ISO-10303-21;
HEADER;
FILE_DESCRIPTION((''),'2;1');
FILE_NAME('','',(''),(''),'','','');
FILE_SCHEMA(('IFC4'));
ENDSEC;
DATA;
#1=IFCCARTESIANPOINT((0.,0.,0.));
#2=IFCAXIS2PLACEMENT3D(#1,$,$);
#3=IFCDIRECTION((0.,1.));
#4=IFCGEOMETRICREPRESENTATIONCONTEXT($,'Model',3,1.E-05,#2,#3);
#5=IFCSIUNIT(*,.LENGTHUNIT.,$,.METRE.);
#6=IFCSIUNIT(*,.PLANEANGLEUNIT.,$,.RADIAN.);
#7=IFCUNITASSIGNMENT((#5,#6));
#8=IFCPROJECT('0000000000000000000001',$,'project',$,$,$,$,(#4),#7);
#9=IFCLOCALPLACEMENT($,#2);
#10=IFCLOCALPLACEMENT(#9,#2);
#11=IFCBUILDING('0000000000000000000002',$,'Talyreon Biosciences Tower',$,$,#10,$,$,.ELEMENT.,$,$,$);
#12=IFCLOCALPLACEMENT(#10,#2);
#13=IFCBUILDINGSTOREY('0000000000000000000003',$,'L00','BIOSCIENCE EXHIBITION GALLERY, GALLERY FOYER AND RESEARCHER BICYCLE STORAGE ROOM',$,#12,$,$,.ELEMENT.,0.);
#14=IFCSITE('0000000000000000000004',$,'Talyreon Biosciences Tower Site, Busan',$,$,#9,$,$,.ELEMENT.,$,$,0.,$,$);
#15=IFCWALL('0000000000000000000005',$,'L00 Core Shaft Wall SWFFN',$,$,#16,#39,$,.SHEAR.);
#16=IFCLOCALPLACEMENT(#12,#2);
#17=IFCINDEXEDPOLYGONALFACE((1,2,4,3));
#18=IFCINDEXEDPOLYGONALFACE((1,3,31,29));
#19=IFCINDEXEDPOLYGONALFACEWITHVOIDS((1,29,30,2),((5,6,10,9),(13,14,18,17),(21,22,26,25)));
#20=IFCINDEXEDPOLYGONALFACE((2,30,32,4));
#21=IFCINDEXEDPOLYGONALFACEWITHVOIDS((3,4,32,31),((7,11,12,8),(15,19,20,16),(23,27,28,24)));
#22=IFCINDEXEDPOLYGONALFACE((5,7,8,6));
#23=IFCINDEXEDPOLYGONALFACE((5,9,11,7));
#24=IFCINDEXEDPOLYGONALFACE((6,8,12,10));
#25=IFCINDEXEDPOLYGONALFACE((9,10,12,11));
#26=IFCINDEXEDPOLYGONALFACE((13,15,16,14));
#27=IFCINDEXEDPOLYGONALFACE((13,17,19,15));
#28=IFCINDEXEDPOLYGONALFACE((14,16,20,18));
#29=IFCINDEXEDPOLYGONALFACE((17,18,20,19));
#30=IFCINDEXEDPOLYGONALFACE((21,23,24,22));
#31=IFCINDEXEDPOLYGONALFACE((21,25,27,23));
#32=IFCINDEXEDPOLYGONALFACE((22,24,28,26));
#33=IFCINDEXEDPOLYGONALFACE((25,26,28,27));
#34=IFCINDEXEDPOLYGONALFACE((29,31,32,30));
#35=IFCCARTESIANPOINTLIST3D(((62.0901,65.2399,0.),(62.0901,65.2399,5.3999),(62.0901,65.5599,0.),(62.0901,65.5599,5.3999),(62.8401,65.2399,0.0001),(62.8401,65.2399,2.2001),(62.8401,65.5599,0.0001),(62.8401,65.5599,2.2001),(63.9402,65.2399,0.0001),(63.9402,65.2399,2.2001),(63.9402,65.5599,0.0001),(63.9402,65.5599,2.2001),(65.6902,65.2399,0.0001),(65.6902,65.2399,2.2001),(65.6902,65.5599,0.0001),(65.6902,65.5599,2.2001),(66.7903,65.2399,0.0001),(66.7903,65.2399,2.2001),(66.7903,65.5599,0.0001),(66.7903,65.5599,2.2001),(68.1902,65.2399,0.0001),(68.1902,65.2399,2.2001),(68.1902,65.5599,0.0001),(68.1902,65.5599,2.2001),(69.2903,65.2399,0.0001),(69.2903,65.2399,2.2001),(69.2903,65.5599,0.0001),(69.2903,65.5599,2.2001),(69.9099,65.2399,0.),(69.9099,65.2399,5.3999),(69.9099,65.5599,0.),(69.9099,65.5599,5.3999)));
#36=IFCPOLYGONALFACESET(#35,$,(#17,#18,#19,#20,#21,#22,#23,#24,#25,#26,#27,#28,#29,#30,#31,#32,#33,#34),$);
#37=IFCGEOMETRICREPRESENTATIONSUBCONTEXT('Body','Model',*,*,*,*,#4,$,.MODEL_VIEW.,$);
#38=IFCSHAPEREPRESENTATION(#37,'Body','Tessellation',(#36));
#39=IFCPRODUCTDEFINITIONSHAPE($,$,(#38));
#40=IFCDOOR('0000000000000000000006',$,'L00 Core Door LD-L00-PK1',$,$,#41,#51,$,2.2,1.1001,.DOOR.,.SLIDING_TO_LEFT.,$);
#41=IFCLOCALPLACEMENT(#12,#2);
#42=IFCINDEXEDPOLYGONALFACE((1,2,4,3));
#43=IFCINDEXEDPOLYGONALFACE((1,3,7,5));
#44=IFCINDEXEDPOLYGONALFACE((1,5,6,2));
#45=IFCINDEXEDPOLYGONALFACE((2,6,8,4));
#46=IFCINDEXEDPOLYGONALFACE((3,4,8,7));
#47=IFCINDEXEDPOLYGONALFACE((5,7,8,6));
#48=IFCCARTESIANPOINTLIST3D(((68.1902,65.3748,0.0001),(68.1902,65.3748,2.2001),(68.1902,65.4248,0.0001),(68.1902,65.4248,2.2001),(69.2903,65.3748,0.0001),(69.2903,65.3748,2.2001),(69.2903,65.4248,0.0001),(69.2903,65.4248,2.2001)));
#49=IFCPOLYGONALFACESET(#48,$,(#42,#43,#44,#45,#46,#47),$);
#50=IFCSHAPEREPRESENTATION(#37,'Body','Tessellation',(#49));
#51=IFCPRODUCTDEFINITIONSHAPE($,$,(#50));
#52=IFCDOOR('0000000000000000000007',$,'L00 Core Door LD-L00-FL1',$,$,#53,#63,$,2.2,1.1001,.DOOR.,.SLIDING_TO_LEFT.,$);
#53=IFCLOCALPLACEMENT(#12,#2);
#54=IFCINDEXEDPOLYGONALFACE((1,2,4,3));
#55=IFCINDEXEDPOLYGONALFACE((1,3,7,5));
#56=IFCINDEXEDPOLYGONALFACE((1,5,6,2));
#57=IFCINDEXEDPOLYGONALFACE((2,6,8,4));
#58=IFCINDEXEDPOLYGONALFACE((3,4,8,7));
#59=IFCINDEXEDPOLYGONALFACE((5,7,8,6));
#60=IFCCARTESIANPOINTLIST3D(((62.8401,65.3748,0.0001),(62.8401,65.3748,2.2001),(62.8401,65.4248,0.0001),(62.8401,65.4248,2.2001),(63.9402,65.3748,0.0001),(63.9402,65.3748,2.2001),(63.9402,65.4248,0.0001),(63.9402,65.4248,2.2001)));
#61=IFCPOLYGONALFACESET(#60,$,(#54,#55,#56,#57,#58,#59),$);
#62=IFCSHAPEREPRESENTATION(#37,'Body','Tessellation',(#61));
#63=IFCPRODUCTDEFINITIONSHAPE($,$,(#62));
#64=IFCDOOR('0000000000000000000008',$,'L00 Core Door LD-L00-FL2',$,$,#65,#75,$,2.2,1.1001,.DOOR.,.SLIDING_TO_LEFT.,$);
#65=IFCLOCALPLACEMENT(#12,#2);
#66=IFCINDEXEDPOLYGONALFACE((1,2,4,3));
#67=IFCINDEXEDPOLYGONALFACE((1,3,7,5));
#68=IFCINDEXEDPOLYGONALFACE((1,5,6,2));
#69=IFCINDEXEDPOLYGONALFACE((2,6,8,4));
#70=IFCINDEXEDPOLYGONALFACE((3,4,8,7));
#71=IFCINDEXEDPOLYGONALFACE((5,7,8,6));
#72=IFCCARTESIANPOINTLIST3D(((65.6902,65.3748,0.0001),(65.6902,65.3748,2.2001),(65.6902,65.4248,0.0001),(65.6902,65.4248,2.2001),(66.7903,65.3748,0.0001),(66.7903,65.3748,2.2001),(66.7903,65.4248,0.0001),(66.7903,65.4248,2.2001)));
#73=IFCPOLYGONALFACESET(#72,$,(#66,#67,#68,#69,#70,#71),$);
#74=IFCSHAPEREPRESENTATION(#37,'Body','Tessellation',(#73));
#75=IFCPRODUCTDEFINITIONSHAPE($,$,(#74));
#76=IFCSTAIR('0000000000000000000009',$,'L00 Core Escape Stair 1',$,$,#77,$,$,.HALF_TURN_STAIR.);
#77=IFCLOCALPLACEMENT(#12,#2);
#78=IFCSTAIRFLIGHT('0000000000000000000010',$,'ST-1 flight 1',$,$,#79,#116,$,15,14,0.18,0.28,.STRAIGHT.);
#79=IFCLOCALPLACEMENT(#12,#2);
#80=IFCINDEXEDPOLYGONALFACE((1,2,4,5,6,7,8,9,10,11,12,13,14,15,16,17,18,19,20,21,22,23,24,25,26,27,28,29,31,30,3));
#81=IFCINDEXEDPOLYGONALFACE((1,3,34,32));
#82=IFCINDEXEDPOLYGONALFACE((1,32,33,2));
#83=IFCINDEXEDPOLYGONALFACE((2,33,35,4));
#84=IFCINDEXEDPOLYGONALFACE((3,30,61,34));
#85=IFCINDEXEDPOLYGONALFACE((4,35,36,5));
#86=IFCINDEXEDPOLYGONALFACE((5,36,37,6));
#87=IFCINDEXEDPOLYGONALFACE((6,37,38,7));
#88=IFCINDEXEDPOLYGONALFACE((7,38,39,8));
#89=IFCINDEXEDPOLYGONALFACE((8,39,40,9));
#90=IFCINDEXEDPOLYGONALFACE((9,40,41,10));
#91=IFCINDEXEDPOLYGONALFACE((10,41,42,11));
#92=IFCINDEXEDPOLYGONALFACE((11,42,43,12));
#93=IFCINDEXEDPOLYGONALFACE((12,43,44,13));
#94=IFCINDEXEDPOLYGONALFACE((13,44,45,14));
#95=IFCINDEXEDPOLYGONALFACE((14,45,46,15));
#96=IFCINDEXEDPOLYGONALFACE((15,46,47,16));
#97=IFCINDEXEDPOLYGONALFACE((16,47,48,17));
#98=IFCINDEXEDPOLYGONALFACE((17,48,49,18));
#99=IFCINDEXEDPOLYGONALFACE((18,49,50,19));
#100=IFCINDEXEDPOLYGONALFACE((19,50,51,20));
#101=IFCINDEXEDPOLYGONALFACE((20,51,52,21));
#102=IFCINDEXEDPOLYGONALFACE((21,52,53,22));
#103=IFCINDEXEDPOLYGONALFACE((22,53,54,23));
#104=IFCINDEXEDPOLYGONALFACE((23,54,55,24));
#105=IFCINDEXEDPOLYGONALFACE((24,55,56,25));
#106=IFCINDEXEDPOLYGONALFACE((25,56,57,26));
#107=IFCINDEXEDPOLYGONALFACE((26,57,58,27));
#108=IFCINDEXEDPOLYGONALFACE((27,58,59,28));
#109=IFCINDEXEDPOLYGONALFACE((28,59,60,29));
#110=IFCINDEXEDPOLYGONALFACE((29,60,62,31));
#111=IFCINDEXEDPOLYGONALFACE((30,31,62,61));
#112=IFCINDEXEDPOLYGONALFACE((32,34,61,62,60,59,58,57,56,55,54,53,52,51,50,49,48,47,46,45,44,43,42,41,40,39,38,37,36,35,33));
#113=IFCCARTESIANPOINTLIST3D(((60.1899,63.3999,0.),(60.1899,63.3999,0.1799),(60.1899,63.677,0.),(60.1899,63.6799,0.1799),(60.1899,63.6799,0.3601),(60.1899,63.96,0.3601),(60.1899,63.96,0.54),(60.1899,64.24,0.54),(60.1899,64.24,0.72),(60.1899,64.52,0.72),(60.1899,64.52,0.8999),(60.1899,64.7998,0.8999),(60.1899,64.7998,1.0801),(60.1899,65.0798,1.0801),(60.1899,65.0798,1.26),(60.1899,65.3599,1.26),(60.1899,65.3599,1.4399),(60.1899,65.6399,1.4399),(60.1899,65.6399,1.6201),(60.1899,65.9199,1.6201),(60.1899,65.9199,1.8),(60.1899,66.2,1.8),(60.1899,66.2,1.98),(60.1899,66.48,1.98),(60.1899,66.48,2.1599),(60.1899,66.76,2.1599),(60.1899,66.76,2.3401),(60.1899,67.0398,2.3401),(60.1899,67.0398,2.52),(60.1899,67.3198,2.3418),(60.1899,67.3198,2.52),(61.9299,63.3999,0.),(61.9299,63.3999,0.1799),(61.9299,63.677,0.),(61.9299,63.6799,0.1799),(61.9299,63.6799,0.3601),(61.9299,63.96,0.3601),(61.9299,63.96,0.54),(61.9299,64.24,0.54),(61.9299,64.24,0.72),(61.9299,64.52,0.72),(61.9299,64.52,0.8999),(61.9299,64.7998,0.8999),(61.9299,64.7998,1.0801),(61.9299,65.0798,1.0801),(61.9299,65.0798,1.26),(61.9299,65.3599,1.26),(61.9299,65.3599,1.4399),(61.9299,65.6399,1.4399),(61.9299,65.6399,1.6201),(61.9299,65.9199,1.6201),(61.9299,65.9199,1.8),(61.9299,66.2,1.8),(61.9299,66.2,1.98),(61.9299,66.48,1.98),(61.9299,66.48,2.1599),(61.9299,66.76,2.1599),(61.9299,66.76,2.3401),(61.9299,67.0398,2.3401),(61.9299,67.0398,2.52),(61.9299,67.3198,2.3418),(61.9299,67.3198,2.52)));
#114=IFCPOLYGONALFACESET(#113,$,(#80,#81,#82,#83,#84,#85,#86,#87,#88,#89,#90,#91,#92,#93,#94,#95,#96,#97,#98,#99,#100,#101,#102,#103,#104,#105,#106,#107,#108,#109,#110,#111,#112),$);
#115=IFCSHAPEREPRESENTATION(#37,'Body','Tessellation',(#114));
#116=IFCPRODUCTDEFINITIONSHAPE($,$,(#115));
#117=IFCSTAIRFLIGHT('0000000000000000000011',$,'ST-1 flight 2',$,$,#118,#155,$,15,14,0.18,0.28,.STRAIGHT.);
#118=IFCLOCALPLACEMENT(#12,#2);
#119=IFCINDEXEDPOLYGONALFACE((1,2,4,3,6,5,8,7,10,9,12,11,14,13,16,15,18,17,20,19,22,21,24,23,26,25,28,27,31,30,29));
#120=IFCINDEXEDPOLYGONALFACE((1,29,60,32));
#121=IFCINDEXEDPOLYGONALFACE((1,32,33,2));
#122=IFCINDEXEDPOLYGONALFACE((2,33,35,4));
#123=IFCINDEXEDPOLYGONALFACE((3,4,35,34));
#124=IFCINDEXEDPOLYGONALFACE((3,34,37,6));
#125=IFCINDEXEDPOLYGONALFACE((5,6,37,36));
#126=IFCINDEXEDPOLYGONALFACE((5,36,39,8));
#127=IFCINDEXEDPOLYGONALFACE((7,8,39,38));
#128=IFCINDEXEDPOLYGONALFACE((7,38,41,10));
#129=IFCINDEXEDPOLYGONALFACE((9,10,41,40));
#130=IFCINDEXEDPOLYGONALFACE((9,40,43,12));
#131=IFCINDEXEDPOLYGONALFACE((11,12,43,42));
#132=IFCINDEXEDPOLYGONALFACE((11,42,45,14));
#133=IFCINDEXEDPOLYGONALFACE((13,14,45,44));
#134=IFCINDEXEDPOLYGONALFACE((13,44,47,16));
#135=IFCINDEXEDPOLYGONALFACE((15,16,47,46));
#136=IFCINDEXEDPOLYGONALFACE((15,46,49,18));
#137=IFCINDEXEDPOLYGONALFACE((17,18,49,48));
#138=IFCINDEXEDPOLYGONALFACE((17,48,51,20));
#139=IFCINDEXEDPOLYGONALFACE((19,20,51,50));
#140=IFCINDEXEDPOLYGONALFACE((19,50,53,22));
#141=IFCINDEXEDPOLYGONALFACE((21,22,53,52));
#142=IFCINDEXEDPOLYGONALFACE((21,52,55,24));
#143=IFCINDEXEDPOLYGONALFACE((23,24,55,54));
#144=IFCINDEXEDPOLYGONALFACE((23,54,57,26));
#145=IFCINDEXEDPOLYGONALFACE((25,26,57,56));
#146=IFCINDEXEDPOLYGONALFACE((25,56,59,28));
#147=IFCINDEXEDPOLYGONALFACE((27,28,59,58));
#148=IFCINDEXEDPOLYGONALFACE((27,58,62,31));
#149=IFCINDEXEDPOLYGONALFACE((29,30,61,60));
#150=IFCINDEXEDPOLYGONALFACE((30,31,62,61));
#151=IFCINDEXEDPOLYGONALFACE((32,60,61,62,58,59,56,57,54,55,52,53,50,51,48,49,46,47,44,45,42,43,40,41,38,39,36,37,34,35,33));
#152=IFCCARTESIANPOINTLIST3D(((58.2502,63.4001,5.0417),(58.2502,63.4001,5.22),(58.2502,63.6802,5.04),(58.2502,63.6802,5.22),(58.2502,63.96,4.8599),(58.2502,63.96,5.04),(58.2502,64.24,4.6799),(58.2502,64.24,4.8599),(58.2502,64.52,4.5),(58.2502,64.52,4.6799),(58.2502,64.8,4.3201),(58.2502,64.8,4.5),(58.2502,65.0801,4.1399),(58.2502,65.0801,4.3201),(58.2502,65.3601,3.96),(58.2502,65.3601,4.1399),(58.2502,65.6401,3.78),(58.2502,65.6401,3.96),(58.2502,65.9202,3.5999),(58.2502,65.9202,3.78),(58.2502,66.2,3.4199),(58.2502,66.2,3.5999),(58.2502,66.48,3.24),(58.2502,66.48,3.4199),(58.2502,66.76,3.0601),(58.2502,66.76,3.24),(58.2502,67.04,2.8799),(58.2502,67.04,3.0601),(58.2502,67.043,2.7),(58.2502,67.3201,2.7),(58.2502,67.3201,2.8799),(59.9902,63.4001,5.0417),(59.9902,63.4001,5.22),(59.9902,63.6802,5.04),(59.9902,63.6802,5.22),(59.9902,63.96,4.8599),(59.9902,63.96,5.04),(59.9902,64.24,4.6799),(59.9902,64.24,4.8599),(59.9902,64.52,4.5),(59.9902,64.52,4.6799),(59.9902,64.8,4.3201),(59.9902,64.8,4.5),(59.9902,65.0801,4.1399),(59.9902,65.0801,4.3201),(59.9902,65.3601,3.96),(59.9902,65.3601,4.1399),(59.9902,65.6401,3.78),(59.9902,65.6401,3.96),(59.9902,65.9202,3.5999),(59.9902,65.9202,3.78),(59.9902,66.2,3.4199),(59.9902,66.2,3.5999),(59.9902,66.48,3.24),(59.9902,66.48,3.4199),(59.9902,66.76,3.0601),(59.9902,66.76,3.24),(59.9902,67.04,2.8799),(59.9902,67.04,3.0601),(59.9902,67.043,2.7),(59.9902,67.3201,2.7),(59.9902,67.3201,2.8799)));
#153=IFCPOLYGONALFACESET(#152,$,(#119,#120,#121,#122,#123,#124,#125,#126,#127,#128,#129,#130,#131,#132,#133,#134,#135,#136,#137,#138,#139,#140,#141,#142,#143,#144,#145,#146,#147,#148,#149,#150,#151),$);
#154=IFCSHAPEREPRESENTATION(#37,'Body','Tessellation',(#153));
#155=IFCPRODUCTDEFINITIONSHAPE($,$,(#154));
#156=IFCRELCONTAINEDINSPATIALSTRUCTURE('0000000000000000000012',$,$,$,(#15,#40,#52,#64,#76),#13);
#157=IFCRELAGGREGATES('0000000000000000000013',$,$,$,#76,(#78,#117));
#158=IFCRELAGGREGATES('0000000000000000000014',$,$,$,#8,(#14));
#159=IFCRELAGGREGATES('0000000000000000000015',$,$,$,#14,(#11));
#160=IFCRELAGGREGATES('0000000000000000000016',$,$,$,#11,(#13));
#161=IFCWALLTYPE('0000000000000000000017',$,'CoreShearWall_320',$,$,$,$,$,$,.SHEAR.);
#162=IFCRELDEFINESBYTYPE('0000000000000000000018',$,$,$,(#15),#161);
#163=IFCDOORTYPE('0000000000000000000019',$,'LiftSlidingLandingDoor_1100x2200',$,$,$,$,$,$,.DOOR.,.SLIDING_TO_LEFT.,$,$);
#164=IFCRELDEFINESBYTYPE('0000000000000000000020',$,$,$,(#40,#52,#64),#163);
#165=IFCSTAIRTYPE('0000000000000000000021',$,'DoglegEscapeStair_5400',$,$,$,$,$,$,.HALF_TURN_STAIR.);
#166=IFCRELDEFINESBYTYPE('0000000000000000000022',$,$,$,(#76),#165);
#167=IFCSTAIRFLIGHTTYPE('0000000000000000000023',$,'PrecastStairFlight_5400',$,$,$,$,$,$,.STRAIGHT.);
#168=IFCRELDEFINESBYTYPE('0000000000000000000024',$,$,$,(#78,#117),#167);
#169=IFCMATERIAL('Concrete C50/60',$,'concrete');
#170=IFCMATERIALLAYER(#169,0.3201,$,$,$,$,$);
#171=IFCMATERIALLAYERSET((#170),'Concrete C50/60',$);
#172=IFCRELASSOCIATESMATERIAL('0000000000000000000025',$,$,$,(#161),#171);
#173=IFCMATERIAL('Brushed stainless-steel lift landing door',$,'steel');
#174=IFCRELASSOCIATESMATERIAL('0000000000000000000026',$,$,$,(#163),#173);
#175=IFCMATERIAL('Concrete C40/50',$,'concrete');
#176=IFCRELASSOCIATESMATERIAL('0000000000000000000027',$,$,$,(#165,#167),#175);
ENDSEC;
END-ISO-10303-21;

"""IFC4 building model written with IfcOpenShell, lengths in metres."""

from ifc_helpers import new_model, si_unit, direction, frame, frame_2d, origin, place, context, subcontext, project, spatial, polyline, rectangle, outline, extrude, material, layer, layer_set, type_object, element, fill, aggregate, save


model = new_model("IFC4")

# Units and contexts
model_context = context("Model", 3, precision=1e-05, world=origin(), true_north=direction((0.0, 1.0)))
body_context = subcontext(model_context, "Body", "Model", "MODEL_VIEW")
ifc_project = project(units=[si_unit("LENGTHUNIT", "METRE"), si_unit("PLANEANGLEUNIT", "RADIAN")], contexts=[model_context])

# Site, building, storey
site_placement = place(None, origin())
site = spatial("IfcSite", under=ifc_project, at=site_placement, Name="Talyreon Biosciences Tower Site, Busan", CompositionType="ELEMENT", RefElevation=0.0)
building_placement = place(site_placement, origin())
building = spatial("IfcBuilding", under=site, at=building_placement, Name="Talyreon Biosciences Tower", CompositionType="ELEMENT")
storey_placement = place(building_placement, origin())
storey = spatial("IfcBuildingStorey", under=building, at=storey_placement, Name="L00", Description="BIOSCIENCE EXHIBITION GALLERY, GALLERY FOYER AND RESEARCHER BICYCLE STORAGE ROOM", CompositionType="ELEMENT", Elevation=0.0)

# Shared definitions
ifc_material_1 = material(Name="Concrete C50/60", Category="concrete")
ifc_layer = layer(ifc_material_1, 0.3201)
ifc_layer_set = layer_set([ifc_layer], Name="Concrete C50/60")
wall_type = type_object("IfcWallType", Name="CoreShearWall_320", PredefinedType="SHEAR", material=ifc_layer_set)

# Shared definitions
ifc_material_2 = material(Name="Brushed stainless-steel lift landing door", Category="steel")
door_type = type_object("IfcDoorType", Name="LiftSlidingLandingDoor_1100x2200", OperationType="SLIDING_TO_LEFT", PredefinedType="DOOR", material=ifc_material_2)

# Wall, openings, doors
wall_1_placement = place(storey_placement, frame((62.0901, 65.3999, 0.0), z_axis=(0.0, 0.0, 1.0), x_axis=(1.0, 0.0, 0.0)))
wall_1 = element("IfcWall", 1, at=wall_1_placement, inside=storey, type_object=wall_type, Name="L00 Core Shaft Wall SWFFN", PredefinedType="SHEAR", context=body_context, shape_type="SweptSolid", body=[
    extrude(rectangle(XDim=7.8198, YDim=0.3201, at=frame_2d((3.9099, 0.0))), origin(), (0.0, 0.0, 1.0), 5.3999),
])
opening_1_placement = place(wall_1_placement, frame((6.1001, 0.0, 0.0)))
opening_1 = element("IfcOpeningElement", 2, at=opening_1_placement, cuts=wall_1, PredefinedType="OPENING", context=body_context, shape_type="SweptSolid", body=[
    extrude(rectangle(XDim=1.1001, YDim=2.2, at=frame_2d((0.55, 1.1001))), frame((0.0, 0.1699, 0.0), z_axis=(0.0, -1.0, 0.0), x_axis=(1.0, 0.0, 0.0)), (0.0, 0.0, 1.0), 0.3401),
])
opening_2_placement = place(wall_1_placement, frame((0.75, 0.0, 0.0)))
opening_2 = element("IfcOpeningElement", 3, at=opening_2_placement, cuts=wall_1, PredefinedType="OPENING", context=body_context, shape_type="SweptSolid", body=[
    extrude(rectangle(XDim=1.1001, YDim=2.2, at=frame_2d((0.55, 1.1001))), frame((0.0, 0.1699, 0.0), z_axis=(0.0, -1.0, 0.0), x_axis=(1.0, 0.0, 0.0)), (0.0, 0.0, 1.0), 0.3401),
])
opening_3_placement = place(wall_1_placement, frame((3.6001, 0.0, 0.0)))
opening_3 = element("IfcOpeningElement", 4, at=opening_3_placement, cuts=wall_1, PredefinedType="OPENING", context=body_context, shape_type="SweptSolid", body=[
    extrude(rectangle(XDim=1.1001, YDim=2.2, at=frame_2d((0.55, 1.1001))), frame((0.0, 0.1699, 0.0), z_axis=(0.0, -1.0, 0.0), x_axis=(1.0, 0.0, 0.0)), (0.0, 0.0, 1.0), 0.3401),
])
door_1_placement = place(opening_1_placement, origin())
door_1 = element("IfcDoor", 5, at=door_1_placement, inside=storey, type_object=door_type, Name="L00 Core Door LD-L00-PK1", OperationType="SLIDING_TO_LEFT", OverallHeight=2.2, OverallWidth=1.1001, PredefinedType="DOOR", context=body_context, shape_type="SweptSolid", body=[
    extrude(rectangle(XDim=1.1001, YDim=2.2, at=frame_2d((0.55, 1.1001))), frame((0.0, 0.0249, 0.0), z_axis=(0.0, -1.0, 0.0), x_axis=(1.0, 0.0, 0.0)), (0.0, 0.0, 1.0), 0.05),
])
fill(opening_1, door_1)
door_2_placement = place(opening_2_placement, origin())
door_2 = element("IfcDoor", 6, at=door_2_placement, inside=storey, type_object=door_type, Name="L00 Core Door LD-L00-FL1", OperationType="SLIDING_TO_LEFT", OverallHeight=2.2, OverallWidth=1.1001, PredefinedType="DOOR", context=body_context, shape_type="SweptSolid", body=[
    extrude(rectangle(XDim=1.1001, YDim=2.2, at=frame_2d((0.55, 1.1001))), frame((0.0, 0.0249, 0.0), z_axis=(0.0, -1.0, 0.0), x_axis=(1.0, 0.0, 0.0)), (0.0, 0.0, 1.0), 0.05),
])
fill(opening_2, door_2)
door_3_placement = place(opening_3_placement, origin())
door_3 = element("IfcDoor", 7, at=door_3_placement, inside=storey, type_object=door_type, Name="L00 Core Door LD-L00-FL2", OperationType="SLIDING_TO_LEFT", OverallHeight=2.2, OverallWidth=1.1001, PredefinedType="DOOR", context=body_context, shape_type="SweptSolid", body=[
    extrude(rectangle(XDim=1.1001, YDim=2.2, at=frame_2d((0.55, 1.1001))), frame((0.0, 0.0249, 0.0), z_axis=(0.0, -1.0, 0.0), x_axis=(1.0, 0.0, 0.0)), (0.0, 0.0, 1.0), 0.05),
])
fill(opening_3, door_3)

# Stair, stair flights
ifc_material_3 = material(Name="Concrete C40/50", Category="concrete")
stair_type = type_object("IfcStairType", Name="DoglegEscapeStair_5400", PredefinedType="HALF_TURN_STAIR", material=ifc_material_3)
stair_placement = place(storey_placement, origin())
stair = element("IfcStair", 8, at=stair_placement, inside=storey, type_object=stair_type, Name="L00 Core Escape Stair 1", PredefinedType="HALF_TURN_STAIR")
stair_flight_type = type_object("IfcStairFlightType", Name="PrecastStairFlight_5400", PredefinedType="STRAIGHT", material=ifc_material_3)
stair_flight_1_placement = place(storey_placement, frame((61.0601, 63.3999, 0.0), z_axis=(0.0, 0.0, 1.0), x_axis=(0.0, 1.0, 0.0)))
stair_flight_1 = element("IfcStairFlight", 9, at=stair_flight_1_placement, type_object=stair_flight_type, Name="ST-1 flight 1", NumberOfRisers=15, NumberOfTreads=14, PredefinedType="STRAIGHT", RiserHeight=0.18, TreadLength=0.28, context=body_context, shape_type="SweptSolid", body=[
    extrude(outline(polyline([(0.0, 0.0), (0.0, 0.1799), (0.28, 0.1799), (0.28, 0.3601), (0.5601, 0.3601), (0.5601, 0.54), (0.8401, 0.54), (0.8401, 0.72), (1.1201, 0.72), (1.1201, 0.8999), (1.3999, 0.8999), (1.3999, 1.0801), (1.6799, 1.0801), (1.6799, 1.26), (1.96, 1.26), (1.96, 1.4399), (2.24, 1.4399), (2.24, 1.6201), (2.52, 1.6201), (2.52, 1.8), (2.8, 1.8), (2.8, 1.98), (3.0801, 1.98), (3.0801, 2.1599), (3.3601, 2.1599), (3.3601, 2.3401), (3.6399, 2.3401), (3.6399, 2.52), (3.9199, 2.52), (3.9199, 2.7), (3.9199, 2.3418), (0.2771, 0.0), (0.0, 0.0)])), frame((0.0, 0.8701, 0.0), z_axis=(0.0, -1.0, 0.0), x_axis=(1.0, 0.0, 0.0)), (0.0, 0.0, 1.0), 1.74),
])
stair_flight_2_placement = place(storey_placement, frame((59.1201, 67.3201, 2.7), z_axis=(0.0, 0.0, 1.0), x_axis=(0.0, -1.0, 0.0)))
stair_flight_2 = element("IfcStairFlight", 10, at=stair_flight_2_placement, type_object=stair_flight_type, Name="ST-1 flight 2", NumberOfRisers=15, NumberOfTreads=14, PredefinedType="STRAIGHT", RiserHeight=0.18, TreadLength=0.28, context=body_context, shape_type="SweptSolid", body=[
    extrude(outline(polyline([(0.0, 0.0), (0.0, 0.1799), (0.28, 0.1799), (0.28, 0.3601), (0.5601, 0.3601), (0.5601, 0.54), (0.8401, 0.54), (0.8401, 0.72), (1.1201, 0.72), (1.1201, 0.8999), (1.3999, 0.8999), (1.3999, 1.0801), (1.6799, 1.0801), (1.6799, 1.26), (1.96, 1.26), (1.96, 1.4399), (2.24, 1.4399), (2.24, 1.6201), (2.52, 1.6201), (2.52, 1.8), (2.8, 1.8), (2.8, 1.98), (3.0801, 1.98), (3.0801, 2.1599), (3.3601, 2.1599), (3.3601, 2.3401), (3.6399, 2.3401), (3.6399, 2.52), (3.9199, 2.52), (3.9199, 2.7), (3.9199, 2.3418), (0.2771, 0.0), (0.0, 0.0)])), frame((0.0, 0.8701, 0.0), z_axis=(0.0, -1.0, 0.0), x_axis=(1.0, 0.0, 0.0)), (0.0, 0.0, 1.0), 1.74),
])
aggregate(stair, [stair_flight_1, stair_flight_2])

save(model, "model.ifc")
